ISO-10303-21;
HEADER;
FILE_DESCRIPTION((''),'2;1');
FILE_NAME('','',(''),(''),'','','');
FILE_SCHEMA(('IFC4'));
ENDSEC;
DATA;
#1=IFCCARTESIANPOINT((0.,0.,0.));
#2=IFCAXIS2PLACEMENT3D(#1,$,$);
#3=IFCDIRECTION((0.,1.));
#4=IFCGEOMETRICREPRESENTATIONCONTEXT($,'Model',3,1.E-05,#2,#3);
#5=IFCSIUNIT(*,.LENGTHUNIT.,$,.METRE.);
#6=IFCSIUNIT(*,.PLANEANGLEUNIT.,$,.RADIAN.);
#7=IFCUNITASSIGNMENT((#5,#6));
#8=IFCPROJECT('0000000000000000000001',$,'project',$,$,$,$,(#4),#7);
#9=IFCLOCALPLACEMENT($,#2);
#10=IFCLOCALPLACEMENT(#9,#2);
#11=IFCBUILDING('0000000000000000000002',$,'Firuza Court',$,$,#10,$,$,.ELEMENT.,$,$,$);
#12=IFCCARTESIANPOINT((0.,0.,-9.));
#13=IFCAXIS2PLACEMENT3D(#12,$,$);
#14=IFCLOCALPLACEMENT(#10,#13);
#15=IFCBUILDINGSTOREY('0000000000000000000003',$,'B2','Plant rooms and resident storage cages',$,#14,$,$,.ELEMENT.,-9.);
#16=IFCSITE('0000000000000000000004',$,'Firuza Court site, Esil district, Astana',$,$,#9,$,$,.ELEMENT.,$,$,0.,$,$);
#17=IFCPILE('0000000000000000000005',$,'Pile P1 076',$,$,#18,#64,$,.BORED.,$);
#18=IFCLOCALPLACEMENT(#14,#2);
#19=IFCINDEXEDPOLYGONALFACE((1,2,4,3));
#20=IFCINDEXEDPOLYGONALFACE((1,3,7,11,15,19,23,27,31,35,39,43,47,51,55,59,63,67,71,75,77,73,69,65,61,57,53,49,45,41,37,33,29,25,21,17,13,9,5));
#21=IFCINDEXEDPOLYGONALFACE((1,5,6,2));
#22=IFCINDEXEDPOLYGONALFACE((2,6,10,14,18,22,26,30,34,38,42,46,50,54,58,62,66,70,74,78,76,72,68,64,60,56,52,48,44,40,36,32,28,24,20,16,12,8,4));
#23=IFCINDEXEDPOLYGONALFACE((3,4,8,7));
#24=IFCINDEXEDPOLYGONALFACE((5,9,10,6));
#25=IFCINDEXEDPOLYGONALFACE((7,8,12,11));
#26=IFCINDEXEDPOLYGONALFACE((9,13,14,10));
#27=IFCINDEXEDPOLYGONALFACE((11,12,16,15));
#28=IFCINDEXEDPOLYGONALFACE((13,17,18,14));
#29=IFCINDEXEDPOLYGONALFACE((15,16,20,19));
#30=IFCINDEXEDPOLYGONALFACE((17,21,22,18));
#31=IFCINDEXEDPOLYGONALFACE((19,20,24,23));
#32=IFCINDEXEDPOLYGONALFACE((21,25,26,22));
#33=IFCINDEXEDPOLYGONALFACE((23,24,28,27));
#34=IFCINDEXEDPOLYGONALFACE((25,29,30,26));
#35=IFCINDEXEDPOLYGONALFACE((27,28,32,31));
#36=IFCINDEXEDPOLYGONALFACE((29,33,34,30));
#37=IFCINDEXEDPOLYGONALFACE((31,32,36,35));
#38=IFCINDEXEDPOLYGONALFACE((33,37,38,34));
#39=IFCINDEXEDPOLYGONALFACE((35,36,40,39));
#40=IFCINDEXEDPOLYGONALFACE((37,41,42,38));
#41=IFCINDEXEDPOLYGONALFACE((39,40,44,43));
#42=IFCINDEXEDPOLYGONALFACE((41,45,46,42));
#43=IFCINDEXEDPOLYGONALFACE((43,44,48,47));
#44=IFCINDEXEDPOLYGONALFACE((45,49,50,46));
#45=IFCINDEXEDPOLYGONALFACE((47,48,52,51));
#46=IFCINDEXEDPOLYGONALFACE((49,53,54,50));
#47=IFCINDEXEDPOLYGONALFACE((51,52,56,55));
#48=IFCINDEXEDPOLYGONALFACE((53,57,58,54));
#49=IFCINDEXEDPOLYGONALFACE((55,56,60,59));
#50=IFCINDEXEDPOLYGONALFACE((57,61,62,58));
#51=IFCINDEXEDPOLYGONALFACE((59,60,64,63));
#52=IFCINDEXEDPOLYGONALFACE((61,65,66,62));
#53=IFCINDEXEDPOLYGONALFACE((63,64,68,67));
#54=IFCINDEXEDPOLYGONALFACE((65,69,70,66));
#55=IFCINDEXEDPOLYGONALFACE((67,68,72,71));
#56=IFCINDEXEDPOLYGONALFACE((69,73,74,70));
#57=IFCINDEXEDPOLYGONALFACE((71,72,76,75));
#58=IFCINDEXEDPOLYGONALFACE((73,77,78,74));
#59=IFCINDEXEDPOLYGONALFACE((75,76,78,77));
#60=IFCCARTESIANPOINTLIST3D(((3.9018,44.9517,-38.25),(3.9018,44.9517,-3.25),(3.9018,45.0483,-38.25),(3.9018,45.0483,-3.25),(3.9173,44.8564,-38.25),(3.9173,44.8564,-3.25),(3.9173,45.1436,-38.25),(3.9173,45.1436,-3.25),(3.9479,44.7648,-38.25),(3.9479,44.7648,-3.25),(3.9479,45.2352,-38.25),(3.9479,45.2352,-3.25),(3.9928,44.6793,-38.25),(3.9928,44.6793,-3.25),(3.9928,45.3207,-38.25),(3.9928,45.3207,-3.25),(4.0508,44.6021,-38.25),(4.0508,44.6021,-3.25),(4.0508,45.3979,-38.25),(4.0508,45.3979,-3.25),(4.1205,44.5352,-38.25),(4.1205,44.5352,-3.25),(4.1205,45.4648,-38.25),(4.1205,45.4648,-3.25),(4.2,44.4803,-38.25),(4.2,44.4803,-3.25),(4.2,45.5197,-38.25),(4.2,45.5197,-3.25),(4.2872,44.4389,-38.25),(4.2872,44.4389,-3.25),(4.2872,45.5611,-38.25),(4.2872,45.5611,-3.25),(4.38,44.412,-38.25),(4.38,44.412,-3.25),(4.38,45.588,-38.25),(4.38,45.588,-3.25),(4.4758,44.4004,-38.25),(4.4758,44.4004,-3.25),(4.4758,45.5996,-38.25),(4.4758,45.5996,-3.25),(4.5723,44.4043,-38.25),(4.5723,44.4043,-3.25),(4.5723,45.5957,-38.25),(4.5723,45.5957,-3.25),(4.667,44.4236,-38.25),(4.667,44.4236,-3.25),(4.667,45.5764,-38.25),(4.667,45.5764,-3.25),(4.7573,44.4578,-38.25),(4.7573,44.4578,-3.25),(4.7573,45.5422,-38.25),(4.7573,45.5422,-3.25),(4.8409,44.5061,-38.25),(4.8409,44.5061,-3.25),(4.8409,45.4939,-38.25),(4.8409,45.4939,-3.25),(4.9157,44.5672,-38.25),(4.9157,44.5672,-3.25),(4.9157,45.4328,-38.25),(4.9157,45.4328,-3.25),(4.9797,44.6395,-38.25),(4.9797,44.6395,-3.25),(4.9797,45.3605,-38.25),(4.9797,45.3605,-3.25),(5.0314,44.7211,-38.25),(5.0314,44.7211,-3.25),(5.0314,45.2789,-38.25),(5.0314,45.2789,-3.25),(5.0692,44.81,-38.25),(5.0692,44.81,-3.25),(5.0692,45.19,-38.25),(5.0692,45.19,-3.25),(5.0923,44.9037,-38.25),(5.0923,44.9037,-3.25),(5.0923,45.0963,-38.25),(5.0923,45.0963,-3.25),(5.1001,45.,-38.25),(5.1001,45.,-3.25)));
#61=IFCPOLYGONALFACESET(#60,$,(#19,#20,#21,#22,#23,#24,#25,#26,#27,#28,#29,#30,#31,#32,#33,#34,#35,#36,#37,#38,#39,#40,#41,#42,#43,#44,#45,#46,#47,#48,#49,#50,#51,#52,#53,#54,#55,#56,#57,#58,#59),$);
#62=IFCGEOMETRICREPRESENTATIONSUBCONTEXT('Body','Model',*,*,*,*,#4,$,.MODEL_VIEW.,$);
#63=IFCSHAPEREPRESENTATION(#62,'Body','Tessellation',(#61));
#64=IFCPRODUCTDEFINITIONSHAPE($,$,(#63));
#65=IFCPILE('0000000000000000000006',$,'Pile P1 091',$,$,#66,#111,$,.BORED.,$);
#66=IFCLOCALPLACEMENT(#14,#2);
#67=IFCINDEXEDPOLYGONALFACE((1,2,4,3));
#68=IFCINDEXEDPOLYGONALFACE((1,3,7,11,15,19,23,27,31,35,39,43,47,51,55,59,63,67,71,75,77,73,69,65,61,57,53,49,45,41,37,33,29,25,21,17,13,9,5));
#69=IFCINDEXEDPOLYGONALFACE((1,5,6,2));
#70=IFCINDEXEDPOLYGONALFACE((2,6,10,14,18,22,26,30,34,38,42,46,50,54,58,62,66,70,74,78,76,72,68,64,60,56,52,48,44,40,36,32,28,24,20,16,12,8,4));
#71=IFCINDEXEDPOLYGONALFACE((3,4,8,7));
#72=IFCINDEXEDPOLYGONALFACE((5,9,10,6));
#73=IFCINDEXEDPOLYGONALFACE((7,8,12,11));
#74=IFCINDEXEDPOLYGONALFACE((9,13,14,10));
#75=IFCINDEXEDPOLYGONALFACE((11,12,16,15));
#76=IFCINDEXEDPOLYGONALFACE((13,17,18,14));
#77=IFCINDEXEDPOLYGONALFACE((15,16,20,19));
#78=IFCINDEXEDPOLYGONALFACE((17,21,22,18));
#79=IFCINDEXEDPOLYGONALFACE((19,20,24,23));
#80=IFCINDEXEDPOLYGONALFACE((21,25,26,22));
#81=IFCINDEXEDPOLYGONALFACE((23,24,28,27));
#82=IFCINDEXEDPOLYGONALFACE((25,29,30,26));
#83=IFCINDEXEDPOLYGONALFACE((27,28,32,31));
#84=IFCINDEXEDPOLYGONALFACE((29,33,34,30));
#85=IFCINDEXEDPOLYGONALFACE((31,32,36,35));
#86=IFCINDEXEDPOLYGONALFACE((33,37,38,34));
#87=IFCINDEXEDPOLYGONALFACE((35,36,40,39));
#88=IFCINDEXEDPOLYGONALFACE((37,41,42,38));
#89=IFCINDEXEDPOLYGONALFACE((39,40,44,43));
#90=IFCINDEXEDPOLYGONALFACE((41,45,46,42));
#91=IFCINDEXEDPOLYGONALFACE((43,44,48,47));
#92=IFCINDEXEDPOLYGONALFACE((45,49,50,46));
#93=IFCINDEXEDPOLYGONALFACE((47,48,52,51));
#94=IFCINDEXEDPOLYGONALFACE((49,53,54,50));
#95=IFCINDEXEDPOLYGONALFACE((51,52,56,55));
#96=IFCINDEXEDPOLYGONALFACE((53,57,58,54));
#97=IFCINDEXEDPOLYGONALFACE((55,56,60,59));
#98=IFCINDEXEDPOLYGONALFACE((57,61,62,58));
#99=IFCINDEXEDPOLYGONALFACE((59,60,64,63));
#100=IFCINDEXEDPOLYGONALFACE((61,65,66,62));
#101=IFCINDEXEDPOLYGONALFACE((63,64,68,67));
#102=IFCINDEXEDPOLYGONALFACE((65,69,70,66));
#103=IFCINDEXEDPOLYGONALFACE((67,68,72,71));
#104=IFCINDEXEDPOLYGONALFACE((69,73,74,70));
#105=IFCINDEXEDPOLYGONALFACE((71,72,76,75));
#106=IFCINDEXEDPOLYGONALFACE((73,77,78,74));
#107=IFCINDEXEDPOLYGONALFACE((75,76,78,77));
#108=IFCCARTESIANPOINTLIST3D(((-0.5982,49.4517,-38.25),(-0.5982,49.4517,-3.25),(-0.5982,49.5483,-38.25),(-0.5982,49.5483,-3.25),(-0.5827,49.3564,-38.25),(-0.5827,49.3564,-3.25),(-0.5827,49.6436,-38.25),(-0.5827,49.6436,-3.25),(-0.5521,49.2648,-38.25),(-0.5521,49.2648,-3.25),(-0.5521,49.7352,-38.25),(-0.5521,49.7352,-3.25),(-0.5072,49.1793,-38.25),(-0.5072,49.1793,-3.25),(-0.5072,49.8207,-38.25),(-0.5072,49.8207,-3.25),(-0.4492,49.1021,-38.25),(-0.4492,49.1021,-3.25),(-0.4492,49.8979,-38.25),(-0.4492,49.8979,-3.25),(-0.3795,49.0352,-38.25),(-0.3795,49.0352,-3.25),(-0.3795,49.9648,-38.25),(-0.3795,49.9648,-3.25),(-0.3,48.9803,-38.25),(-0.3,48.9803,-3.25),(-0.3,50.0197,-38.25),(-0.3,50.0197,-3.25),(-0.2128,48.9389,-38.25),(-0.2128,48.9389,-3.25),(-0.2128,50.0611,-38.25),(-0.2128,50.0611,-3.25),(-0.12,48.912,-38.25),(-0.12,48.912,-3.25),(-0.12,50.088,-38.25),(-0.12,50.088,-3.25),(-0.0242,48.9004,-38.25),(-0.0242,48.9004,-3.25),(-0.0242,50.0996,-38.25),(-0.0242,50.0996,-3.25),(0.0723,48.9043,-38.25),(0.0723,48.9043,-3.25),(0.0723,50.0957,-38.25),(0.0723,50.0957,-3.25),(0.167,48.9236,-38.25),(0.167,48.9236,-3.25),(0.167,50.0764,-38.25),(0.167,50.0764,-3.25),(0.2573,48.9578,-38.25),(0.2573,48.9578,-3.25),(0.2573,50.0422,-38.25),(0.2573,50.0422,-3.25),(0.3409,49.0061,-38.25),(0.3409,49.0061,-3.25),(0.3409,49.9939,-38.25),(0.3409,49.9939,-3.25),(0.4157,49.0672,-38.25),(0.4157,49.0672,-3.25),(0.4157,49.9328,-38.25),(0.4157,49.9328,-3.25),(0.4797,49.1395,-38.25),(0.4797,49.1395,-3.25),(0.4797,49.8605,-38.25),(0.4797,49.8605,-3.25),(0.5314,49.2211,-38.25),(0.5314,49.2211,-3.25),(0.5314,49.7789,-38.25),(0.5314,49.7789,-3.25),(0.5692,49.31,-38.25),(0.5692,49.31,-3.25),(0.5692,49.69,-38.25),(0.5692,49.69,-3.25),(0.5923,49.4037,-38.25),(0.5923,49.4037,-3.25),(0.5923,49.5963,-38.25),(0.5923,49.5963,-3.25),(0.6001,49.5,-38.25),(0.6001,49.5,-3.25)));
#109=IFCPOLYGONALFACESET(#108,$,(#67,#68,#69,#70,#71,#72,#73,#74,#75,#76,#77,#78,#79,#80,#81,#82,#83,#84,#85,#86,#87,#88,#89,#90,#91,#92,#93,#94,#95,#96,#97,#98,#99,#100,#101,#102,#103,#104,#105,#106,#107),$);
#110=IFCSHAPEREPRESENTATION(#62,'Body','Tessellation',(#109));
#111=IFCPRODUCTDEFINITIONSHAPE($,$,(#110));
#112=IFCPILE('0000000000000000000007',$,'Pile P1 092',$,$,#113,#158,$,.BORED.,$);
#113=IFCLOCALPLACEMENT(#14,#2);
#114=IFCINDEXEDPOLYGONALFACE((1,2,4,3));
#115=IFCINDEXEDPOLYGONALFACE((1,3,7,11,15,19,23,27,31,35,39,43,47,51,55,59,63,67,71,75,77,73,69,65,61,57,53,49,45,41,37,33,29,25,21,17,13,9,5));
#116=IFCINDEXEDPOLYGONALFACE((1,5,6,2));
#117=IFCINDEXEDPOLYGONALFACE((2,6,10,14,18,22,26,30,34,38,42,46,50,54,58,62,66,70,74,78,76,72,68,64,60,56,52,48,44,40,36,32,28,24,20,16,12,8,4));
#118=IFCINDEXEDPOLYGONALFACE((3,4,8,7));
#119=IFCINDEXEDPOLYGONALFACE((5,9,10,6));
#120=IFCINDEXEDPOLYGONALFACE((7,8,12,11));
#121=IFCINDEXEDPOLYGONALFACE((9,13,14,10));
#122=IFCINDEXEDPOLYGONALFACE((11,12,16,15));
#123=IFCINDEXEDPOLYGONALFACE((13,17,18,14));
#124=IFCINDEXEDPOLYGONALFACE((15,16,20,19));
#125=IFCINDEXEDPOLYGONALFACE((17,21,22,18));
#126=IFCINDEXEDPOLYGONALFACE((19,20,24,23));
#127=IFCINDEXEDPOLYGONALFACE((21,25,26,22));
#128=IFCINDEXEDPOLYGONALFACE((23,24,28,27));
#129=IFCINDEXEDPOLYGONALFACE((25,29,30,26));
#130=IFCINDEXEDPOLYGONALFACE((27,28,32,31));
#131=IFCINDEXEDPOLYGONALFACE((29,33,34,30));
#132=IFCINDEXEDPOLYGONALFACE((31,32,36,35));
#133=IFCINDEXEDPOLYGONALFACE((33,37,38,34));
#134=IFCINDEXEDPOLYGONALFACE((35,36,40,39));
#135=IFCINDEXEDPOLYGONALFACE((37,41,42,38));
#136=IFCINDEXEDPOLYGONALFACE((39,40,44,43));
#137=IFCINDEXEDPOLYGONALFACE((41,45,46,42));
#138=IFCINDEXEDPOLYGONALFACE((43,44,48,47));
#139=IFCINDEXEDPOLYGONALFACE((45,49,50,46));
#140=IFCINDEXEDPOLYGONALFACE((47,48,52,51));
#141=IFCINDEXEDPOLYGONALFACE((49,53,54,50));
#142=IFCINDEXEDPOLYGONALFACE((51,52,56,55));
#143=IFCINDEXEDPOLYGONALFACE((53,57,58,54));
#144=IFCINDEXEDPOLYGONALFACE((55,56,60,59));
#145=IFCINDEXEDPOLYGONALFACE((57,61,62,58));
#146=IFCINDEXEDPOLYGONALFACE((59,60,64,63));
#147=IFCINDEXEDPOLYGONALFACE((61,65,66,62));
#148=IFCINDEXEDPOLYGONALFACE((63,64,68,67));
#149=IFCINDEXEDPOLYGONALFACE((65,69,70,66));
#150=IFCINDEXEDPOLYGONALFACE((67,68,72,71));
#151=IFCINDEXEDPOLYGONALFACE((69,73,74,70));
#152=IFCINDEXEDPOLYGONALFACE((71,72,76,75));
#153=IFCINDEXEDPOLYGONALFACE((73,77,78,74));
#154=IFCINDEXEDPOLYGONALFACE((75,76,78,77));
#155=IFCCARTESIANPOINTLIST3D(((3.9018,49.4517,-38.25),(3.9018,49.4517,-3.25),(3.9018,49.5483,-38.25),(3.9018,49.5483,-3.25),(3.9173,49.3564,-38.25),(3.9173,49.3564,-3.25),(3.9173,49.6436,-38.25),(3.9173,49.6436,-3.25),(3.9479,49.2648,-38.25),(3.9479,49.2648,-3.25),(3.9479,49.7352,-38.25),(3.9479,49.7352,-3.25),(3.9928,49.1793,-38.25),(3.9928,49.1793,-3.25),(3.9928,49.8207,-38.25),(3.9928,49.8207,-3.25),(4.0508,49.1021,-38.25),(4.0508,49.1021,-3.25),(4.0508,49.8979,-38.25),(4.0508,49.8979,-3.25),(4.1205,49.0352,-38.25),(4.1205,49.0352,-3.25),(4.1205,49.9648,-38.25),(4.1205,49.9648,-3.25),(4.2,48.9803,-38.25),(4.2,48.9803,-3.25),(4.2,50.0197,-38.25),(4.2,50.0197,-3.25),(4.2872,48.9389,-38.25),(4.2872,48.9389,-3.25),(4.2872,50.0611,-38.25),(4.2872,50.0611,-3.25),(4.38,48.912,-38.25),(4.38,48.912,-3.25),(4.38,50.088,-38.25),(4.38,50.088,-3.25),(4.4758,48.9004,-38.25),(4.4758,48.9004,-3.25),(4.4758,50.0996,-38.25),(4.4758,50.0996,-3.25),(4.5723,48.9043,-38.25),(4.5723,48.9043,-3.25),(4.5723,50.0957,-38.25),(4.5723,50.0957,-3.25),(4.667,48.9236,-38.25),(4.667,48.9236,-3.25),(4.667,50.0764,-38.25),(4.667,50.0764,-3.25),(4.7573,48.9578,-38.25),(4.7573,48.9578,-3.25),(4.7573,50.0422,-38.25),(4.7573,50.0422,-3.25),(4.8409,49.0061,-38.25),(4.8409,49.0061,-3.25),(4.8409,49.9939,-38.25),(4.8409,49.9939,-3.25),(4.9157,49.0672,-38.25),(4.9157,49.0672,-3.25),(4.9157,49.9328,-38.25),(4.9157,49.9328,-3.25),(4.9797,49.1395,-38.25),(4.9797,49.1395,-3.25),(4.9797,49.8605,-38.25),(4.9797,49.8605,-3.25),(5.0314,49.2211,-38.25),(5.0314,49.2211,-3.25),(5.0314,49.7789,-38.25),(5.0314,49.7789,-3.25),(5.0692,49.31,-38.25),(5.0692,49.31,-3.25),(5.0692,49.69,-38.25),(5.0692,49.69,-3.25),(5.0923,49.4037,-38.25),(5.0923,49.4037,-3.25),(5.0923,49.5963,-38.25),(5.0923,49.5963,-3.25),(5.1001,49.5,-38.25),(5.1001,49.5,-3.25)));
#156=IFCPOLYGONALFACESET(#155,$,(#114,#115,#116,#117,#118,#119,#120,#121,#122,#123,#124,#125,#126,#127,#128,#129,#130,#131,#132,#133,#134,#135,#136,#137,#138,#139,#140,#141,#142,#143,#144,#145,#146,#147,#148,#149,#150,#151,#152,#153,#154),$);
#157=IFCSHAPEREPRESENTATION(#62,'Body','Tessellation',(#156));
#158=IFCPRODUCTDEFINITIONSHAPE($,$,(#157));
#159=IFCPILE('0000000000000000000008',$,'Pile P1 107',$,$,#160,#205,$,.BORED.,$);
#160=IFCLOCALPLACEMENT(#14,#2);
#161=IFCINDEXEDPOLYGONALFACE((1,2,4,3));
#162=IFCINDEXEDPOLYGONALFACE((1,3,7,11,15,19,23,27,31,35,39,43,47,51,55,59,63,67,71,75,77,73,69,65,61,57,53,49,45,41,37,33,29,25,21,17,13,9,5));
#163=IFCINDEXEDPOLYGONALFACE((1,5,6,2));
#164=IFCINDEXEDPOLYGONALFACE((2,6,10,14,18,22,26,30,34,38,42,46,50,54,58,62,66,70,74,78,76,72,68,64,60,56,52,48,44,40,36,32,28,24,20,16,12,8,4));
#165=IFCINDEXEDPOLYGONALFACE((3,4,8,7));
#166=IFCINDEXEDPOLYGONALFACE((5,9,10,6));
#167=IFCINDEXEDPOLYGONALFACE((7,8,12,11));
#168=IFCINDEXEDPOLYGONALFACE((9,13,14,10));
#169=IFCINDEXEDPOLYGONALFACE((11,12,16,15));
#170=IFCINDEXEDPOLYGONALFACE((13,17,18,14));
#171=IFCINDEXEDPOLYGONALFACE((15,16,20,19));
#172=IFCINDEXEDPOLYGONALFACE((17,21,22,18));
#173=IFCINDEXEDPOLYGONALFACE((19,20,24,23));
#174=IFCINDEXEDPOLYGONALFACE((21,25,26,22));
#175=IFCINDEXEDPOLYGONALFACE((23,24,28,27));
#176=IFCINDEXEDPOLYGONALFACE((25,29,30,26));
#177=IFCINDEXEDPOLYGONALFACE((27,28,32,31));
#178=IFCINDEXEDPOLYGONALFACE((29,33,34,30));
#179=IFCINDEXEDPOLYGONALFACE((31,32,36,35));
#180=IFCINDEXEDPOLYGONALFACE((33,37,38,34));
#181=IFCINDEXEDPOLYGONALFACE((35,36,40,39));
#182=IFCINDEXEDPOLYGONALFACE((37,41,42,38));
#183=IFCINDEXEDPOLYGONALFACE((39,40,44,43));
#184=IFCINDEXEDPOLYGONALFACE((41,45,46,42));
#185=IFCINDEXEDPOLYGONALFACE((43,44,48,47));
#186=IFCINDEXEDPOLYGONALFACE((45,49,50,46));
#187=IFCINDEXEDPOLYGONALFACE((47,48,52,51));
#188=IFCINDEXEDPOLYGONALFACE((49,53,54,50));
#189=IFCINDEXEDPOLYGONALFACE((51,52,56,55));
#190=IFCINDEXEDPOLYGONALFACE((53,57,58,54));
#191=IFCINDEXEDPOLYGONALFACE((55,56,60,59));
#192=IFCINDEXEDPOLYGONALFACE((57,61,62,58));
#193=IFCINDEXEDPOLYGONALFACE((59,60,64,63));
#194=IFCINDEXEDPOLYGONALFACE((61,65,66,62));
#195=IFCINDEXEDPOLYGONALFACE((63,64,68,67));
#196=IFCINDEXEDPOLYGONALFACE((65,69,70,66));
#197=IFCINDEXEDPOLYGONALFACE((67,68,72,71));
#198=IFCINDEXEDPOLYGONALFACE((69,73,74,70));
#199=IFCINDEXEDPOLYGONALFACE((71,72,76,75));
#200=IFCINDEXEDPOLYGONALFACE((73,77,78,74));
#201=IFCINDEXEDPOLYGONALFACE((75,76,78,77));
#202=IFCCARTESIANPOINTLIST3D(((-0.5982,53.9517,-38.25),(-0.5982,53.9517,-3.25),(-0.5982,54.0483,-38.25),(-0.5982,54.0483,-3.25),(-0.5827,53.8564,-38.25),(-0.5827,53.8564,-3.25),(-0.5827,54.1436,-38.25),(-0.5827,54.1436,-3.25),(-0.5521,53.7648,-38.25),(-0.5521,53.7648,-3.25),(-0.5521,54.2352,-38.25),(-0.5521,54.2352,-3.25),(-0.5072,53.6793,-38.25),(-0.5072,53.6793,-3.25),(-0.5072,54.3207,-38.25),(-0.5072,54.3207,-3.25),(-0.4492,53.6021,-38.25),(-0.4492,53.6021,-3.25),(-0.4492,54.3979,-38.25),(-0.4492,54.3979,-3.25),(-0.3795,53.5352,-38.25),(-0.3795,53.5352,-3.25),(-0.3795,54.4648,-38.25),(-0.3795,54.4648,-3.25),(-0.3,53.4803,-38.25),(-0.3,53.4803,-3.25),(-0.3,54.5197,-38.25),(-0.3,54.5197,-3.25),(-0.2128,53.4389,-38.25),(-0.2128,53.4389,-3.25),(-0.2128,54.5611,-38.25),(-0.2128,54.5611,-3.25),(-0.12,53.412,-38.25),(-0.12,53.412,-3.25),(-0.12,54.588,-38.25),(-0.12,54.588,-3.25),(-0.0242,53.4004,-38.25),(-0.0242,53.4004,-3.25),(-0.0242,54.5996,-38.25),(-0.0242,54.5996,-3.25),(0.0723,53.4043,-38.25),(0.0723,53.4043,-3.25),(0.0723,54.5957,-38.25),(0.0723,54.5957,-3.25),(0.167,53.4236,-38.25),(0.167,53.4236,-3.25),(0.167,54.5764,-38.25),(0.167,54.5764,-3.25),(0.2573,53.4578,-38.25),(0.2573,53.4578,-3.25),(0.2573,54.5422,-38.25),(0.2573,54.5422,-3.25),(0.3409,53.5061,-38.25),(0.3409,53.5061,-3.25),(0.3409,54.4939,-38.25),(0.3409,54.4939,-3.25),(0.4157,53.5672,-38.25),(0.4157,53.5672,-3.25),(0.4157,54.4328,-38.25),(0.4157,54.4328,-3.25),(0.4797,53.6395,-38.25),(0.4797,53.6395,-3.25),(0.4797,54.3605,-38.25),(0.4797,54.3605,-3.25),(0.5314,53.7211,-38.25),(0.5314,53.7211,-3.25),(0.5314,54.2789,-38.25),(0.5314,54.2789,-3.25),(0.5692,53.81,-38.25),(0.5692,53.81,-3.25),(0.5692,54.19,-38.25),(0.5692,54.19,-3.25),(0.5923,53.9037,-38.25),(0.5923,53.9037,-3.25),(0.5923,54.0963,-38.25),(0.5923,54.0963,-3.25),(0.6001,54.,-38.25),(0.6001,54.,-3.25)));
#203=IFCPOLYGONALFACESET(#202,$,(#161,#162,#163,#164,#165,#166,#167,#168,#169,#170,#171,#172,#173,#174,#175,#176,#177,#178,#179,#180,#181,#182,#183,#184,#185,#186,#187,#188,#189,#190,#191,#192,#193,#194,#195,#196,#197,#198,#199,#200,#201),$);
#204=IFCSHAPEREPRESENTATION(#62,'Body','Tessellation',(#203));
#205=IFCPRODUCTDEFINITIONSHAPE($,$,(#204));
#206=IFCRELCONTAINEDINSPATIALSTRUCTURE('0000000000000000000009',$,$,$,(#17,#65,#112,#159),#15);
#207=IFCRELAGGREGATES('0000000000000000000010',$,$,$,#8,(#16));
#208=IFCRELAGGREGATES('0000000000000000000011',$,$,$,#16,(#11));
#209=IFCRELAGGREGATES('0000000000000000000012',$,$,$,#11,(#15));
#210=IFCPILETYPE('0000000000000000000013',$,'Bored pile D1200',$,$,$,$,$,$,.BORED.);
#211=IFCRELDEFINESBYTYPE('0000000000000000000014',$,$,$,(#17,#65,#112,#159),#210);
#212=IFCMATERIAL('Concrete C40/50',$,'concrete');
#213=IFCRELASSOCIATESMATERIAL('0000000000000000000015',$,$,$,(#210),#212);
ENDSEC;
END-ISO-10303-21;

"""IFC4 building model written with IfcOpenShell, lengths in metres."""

from ifc_helpers import new_model, si_unit, direction, frame, origin, origin_2d, place, context, subcontext, project, spatial, circle, extrude, material, material_profile, profile_set, type_object, element, save


model = new_model("IFC4")

# Units and contexts
model_context = context("Model", 3, precision=1e-05, world=origin(), true_north=direction((0.0, 1.0)))
body_context = subcontext(model_context, "Body", "Model", "MODEL_VIEW")
ifc_project = project(units=[si_unit("LENGTHUNIT", "METRE"), si_unit("PLANEANGLEUNIT", "RADIAN")], contexts=[model_context])

# Site, building, storey
site_placement = place(None, origin())
site = spatial("IfcSite", under=ifc_project, at=site_placement, Name="Firuza Court site, Esil district, Astana", CompositionType="ELEMENT", RefElevation=0.0)
building_placement = place(site_placement, origin())
building = spatial("IfcBuilding", under=site, at=building_placement, Name="Firuza Court", CompositionType="ELEMENT")
storey_placement = place(building_placement, frame((0.0, 0.0, -9.0)))
storey = spatial("IfcBuildingStorey", under=building, at=storey_placement, Name="B2", Description="Plant rooms and resident storage cages", CompositionType="ELEMENT", Elevation=-9.0)

# Piles
ifc_material_1 = material(Name="Concrete C40/50", Category="concrete")
ifc_material_profile_1 = material_profile(ifc_material_1, circle(Radius=0.6001, at=origin_2d()), Name="Pile D1200")
ifc_profile_set_1 = profile_set([ifc_material_profile_1], Name="Concrete C40/50")
pile_type = type_object("IfcPileType", Name="Bored pile D1200", PredefinedType="BORED", material=ifc_profile_set_1)
for number, where, z_axis, x_axis, name in (
    (1, (4.5, 45.0, -3.25), (0.0, 0.0, -1.0), (1.0, 0.0, 0.0), "Pile P1 076"),
    (2, (0.0, 49.5, -3.25), (0.0, 0.0, -1.0), (1.0, 0.0, 0.0), "Pile P1 091"),
    (3, (4.5, 49.5, -3.25), (0.0, 0.0, -1.0), (1.0, 0.0, 0.0), "Pile P1 092"),
    (4, (0.0, 54.0, -3.25), (0.0, 0.0, -1.0), (1.0, 0.0, 0.0), "Pile P1 107"),
):
    element("IfcPile", number, at=place(storey_placement, frame(where, z_axis=z_axis, x_axis=x_axis)), inside=storey, type_object=pile_type, Name=name, PredefinedType="BORED", context=body_context, shape_type="SweptSolid", body=[
        extrude(circle(Radius=0.6001, at=origin_2d()), origin(), (0.0, 0.0, 1.0), 35.0),
    ])

save(model, "model.ifc")
